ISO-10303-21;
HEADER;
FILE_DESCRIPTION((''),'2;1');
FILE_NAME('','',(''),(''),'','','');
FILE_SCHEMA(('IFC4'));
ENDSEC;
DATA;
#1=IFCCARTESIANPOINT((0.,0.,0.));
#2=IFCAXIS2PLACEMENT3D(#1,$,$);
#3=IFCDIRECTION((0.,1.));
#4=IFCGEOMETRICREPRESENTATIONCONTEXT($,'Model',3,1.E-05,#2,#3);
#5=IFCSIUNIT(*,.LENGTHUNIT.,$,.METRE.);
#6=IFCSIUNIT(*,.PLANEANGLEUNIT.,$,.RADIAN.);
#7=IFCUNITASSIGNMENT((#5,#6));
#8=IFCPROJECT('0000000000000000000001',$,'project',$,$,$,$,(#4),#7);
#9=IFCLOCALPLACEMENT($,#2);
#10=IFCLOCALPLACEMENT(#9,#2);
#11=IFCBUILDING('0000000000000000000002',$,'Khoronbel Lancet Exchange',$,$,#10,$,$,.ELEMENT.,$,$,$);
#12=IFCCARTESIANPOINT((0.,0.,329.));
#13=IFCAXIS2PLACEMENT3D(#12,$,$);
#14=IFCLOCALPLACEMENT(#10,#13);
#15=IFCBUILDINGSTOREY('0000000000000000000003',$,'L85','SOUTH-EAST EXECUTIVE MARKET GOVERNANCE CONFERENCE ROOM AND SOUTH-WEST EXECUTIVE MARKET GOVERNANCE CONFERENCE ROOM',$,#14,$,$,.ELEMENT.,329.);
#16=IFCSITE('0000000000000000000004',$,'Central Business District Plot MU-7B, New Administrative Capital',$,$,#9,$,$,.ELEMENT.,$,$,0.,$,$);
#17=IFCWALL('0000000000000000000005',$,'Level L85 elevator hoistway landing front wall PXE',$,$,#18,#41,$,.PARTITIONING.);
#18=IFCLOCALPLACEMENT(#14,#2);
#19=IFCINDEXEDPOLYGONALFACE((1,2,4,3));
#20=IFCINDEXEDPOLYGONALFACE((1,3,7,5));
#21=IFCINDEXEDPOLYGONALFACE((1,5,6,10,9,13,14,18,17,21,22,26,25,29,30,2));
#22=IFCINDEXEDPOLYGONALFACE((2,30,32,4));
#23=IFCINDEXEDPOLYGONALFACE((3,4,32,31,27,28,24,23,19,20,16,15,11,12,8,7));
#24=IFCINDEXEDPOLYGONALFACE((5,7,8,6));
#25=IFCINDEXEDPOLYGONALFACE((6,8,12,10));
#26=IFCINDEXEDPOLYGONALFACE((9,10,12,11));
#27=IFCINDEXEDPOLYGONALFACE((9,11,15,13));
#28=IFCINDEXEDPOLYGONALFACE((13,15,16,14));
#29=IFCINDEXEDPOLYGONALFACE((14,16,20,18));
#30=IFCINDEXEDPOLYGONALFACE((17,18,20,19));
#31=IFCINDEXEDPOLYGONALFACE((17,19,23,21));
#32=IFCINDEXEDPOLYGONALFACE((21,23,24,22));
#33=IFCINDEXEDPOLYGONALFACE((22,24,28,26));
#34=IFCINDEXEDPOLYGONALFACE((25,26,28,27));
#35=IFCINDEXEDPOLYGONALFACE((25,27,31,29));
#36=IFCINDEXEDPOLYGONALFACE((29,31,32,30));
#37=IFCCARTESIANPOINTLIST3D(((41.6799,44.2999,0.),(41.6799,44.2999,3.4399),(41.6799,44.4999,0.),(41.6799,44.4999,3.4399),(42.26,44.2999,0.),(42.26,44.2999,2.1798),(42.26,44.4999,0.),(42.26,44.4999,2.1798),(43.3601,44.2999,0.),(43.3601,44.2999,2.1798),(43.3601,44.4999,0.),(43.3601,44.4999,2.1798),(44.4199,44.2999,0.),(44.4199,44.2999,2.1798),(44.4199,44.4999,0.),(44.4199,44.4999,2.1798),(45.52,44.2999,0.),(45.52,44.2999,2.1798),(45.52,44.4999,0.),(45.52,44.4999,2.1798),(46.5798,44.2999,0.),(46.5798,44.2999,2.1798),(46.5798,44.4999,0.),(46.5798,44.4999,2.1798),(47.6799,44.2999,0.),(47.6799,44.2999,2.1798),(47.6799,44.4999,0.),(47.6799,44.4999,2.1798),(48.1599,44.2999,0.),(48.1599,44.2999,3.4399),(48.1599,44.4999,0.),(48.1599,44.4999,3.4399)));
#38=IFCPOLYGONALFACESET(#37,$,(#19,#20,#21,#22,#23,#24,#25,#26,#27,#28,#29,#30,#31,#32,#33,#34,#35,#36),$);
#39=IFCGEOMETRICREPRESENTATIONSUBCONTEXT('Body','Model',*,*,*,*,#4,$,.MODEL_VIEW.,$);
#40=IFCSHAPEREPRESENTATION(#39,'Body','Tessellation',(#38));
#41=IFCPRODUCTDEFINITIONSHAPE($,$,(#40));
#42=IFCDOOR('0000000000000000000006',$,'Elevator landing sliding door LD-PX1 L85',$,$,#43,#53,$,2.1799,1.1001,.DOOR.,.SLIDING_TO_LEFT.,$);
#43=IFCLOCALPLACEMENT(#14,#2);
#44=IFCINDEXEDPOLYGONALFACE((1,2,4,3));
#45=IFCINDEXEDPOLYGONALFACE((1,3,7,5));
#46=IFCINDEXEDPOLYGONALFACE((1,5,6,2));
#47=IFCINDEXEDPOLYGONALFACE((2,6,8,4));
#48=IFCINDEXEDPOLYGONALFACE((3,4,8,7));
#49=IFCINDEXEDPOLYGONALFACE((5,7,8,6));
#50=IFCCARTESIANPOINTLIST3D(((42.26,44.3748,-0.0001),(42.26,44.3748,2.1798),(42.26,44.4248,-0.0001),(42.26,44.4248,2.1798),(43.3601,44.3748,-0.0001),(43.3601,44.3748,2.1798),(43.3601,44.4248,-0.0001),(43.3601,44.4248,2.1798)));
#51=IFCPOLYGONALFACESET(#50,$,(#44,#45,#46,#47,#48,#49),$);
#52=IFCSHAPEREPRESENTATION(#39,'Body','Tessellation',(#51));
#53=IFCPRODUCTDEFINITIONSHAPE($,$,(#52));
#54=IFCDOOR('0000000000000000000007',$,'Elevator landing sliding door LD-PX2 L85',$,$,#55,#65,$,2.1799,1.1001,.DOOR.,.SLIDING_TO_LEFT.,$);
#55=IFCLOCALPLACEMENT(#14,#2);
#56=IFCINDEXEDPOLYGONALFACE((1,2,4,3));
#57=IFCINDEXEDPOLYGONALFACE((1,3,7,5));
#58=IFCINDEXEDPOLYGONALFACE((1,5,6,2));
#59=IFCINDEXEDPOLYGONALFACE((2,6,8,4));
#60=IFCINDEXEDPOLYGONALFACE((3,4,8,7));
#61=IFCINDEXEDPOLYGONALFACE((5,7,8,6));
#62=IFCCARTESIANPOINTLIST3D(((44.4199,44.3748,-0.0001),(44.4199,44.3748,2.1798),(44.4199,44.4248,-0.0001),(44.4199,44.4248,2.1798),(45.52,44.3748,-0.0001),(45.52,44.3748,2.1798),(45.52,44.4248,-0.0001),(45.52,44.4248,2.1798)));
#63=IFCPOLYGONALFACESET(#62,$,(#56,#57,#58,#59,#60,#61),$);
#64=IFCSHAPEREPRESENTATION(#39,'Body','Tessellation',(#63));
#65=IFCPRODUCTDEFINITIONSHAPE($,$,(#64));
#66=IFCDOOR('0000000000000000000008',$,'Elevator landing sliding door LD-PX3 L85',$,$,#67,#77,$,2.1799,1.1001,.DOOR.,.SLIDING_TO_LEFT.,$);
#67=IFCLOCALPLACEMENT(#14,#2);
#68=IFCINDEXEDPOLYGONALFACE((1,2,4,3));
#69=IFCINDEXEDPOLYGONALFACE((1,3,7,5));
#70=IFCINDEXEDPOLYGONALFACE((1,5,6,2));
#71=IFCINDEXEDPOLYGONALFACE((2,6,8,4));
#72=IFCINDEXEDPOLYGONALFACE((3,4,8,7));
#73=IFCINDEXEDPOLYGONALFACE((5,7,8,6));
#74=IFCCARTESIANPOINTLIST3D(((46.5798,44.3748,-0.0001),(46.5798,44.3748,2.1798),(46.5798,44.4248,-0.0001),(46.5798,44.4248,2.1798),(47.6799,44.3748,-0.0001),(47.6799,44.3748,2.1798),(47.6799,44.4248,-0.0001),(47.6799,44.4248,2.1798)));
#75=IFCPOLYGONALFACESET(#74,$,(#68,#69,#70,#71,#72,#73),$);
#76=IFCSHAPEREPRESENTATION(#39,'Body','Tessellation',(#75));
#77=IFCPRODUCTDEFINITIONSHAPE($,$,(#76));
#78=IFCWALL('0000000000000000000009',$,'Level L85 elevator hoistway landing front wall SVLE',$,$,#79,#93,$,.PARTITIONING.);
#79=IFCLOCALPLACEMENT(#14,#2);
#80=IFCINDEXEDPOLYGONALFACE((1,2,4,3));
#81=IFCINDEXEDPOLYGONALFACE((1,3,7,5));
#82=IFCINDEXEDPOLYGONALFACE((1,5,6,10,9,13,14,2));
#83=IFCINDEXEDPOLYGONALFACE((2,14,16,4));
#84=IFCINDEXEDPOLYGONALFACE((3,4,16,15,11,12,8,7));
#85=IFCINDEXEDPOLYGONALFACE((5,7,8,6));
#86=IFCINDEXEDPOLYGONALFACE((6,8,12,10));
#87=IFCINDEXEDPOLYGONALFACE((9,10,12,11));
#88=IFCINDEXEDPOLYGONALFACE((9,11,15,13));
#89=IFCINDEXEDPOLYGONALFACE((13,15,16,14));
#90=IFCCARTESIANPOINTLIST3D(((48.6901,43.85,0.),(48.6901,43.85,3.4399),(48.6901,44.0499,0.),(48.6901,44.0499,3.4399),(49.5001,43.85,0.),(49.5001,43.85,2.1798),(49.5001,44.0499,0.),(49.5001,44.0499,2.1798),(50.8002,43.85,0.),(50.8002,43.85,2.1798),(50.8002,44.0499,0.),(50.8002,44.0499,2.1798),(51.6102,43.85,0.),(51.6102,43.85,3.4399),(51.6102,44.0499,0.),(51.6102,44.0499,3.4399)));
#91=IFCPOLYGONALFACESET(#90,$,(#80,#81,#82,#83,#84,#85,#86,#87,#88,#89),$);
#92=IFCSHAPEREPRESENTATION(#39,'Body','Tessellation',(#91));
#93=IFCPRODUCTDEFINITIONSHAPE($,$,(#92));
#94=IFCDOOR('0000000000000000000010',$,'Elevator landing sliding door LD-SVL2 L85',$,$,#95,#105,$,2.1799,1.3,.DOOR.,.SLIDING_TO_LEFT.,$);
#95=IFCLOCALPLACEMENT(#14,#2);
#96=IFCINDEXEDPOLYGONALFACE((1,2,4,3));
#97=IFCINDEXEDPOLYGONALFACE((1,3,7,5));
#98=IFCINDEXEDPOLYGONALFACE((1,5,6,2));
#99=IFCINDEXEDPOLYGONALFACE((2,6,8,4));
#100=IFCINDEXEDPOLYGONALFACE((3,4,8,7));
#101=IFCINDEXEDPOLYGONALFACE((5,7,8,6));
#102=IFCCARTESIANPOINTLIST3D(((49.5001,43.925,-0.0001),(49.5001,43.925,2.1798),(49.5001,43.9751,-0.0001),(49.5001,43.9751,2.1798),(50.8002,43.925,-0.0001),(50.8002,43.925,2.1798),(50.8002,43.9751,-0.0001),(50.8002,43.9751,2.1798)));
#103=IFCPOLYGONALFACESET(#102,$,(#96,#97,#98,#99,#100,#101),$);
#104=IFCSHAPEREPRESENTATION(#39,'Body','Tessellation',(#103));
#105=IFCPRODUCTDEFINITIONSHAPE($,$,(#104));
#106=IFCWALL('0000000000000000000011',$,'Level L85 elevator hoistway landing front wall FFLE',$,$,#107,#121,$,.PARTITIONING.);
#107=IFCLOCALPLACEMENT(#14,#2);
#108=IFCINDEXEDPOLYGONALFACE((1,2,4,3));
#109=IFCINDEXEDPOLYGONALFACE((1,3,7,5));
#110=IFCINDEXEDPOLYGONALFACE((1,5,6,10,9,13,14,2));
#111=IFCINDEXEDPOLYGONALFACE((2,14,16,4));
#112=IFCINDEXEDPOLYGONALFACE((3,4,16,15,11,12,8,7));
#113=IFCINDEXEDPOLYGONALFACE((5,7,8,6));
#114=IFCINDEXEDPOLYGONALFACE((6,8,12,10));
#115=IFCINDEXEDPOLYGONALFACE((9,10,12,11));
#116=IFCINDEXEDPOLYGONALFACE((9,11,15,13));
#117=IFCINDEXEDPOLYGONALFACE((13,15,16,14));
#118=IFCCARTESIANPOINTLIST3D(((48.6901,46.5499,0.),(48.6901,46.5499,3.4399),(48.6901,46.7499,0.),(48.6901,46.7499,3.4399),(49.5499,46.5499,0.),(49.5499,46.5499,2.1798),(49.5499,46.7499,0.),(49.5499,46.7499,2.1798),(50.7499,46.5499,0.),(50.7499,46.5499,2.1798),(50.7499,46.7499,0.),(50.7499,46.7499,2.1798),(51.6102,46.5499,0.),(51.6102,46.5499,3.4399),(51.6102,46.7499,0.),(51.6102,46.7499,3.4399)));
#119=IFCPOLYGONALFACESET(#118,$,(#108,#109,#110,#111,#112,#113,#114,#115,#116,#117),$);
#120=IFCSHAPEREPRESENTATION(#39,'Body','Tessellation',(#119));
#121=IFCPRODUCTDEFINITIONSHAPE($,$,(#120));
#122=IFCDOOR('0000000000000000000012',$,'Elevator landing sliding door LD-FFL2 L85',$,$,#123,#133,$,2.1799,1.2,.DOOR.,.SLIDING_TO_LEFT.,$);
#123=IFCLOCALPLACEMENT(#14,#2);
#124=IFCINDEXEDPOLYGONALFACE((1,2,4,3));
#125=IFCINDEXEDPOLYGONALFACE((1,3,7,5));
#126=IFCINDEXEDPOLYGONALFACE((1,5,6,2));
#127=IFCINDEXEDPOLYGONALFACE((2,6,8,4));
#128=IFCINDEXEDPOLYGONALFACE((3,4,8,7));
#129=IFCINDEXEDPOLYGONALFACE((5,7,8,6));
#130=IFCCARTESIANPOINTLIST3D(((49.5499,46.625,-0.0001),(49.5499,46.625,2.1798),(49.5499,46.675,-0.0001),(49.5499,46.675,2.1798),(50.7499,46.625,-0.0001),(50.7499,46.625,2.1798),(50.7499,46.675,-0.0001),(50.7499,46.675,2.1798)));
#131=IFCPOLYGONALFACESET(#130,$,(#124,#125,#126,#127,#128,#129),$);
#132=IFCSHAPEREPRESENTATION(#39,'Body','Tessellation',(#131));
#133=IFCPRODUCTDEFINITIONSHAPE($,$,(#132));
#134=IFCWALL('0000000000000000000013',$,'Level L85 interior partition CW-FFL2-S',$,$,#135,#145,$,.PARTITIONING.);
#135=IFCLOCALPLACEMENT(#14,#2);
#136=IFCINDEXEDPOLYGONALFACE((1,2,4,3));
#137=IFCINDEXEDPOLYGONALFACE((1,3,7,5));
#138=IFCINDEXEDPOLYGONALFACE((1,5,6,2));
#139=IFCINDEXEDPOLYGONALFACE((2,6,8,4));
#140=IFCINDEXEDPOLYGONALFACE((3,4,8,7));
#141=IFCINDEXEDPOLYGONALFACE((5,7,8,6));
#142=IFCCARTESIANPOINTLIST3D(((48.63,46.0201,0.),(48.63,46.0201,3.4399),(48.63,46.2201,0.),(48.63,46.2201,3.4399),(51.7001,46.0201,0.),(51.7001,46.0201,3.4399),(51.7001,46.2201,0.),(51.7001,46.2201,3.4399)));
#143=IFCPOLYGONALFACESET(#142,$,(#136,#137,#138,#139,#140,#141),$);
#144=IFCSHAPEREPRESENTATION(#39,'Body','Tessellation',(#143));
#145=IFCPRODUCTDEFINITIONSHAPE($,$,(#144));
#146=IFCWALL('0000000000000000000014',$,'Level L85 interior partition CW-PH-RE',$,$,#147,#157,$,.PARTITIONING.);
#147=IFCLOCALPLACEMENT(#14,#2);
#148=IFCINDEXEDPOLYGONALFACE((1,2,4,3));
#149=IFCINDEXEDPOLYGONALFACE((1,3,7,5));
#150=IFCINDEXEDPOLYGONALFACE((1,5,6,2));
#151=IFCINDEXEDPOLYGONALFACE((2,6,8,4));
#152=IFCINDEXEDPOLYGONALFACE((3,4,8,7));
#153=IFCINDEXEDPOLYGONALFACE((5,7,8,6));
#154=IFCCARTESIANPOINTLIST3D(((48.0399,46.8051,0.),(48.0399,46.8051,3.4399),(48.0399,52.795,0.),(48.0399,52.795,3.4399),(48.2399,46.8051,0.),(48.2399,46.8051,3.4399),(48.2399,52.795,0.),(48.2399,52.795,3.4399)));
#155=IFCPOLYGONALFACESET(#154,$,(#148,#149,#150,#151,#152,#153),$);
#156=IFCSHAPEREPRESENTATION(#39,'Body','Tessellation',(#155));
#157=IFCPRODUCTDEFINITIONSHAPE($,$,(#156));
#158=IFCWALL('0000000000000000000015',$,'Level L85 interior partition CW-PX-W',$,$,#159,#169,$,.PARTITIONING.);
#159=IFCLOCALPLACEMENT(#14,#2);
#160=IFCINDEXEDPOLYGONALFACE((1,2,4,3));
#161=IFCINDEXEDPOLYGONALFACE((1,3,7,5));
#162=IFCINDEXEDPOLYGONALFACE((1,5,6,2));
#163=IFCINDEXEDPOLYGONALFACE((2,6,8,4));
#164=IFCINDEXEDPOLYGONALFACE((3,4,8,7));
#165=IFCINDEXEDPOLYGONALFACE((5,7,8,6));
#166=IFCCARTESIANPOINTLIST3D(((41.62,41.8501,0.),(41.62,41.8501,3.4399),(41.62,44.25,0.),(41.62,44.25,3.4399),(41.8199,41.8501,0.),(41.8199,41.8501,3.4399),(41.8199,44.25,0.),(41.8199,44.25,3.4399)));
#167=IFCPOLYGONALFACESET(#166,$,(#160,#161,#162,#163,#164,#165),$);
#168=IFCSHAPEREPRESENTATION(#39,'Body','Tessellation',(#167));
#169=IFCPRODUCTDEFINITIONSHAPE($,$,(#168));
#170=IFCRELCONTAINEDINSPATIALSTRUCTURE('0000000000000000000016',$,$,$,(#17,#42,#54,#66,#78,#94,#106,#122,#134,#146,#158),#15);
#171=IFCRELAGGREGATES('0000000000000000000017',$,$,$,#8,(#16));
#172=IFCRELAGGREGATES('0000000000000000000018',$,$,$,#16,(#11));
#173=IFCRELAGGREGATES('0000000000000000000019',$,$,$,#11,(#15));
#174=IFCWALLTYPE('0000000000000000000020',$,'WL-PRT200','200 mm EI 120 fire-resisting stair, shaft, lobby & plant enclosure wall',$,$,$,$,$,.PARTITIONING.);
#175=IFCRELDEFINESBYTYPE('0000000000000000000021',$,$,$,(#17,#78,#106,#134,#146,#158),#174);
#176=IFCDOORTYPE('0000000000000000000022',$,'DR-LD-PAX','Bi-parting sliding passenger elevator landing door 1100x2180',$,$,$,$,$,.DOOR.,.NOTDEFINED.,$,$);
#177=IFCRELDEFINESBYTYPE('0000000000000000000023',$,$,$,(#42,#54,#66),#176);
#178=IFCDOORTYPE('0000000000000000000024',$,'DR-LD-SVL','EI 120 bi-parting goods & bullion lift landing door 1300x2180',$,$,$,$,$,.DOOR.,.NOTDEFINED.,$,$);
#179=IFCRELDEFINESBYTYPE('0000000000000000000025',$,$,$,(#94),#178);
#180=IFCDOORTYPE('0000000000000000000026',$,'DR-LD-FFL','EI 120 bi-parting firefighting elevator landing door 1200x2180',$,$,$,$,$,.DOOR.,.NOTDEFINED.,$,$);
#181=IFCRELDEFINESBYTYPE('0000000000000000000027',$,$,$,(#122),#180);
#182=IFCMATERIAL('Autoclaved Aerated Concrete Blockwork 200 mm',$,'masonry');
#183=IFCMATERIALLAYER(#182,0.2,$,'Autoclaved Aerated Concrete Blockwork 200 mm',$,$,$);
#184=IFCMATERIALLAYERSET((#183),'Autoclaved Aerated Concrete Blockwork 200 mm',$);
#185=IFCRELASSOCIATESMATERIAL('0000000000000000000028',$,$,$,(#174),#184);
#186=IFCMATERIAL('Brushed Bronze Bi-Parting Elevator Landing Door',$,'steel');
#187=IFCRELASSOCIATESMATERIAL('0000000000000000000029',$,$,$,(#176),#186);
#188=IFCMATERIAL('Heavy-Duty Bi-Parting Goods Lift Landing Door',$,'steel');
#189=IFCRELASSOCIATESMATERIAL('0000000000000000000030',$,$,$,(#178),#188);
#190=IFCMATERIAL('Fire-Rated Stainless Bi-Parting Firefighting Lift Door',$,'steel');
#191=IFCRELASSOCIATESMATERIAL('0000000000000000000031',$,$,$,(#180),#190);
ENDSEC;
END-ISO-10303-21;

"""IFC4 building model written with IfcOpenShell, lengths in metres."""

from ifc_helpers import new_model, si_unit, direction, frame, frame_2d, origin, place, context, subcontext, project, spatial, rectangle, extrude, material, layer, layer_set, type_object, element, fill, save


model = new_model("IFC4")

# Units and contexts
model_context = context("Model", 3, precision=1e-05, world=origin(), true_north=direction((0.0, 1.0)))
body_context = subcontext(model_context, "Body", "Model", "MODEL_VIEW")
ifc_project = project(units=[si_unit("LENGTHUNIT", "METRE"), si_unit("PLANEANGLEUNIT", "RADIAN")], contexts=[model_context])

# Site, building, storey
site_placement = place(None, origin())
site = spatial("IfcSite", under=ifc_project, at=site_placement, Name="Central Business District Plot MU-7B, New Administrative Capital", CompositionType="ELEMENT", RefElevation=0.0)
building_placement = place(site_placement, origin())
building = spatial("IfcBuilding", under=site, at=building_placement, Name="Khoronbel Lancet Exchange", CompositionType="ELEMENT")
storey_placement = place(building_placement, frame((0.0, 0.0, 329.0)))
storey = spatial("IfcBuildingStorey", under=building, at=storey_placement, Name="L85", Description="SOUTH-EAST EXECUTIVE MARKET GOVERNANCE CONFERENCE ROOM AND SOUTH-WEST EXECUTIVE MARKET GOVERNANCE CONFERENCE ROOM", CompositionType="ELEMENT", Elevation=329.0)

# Wall, openings, doors
ifc_material_1 = material(Name="Autoclaved Aerated Concrete Blockwork 200 mm", Category="masonry")
ifc_layer_1 = layer(ifc_material_1, 0.2, Name="Autoclaved Aerated Concrete Blockwork 200 mm")
ifc_layer_set_1 = layer_set([ifc_layer_1], Name="Autoclaved Aerated Concrete Blockwork 200 mm")
wall_type_1 = type_object("IfcWallType", Name="WL-PRT200", Description="200 mm EI 120 fire-resisting stair, shaft, lobby & plant enclosure wall", PredefinedType="PARTITIONING", material=ifc_layer_set_1)
wall_1_placement = place(storey_placement, frame((41.6799, 44.3999, 0.0), z_axis=(0.0, 0.0, 1.0), x_axis=(1.0, 0.0, 0.0)))
wall_1 = element("IfcWall", 1, at=wall_1_placement, inside=storey, type_object=wall_type_1, Name="Level L85 elevator hoistway landing front wall PXE", PredefinedType="PARTITIONING", context=body_context, shape_type="SweptSolid", body=[
    extrude(rectangle(XDim=6.48, YDim=0.2, at=frame_2d((3.24, 0.0))), origin(), (0.0, 0.0, 1.0), 3.4399),
])
opening_1_placement = place(wall_1_placement, frame((0.5801, 0.0, 0.0)))
opening_1 = element("IfcOpeningElement", 2, at=opening_1_placement, cuts=wall_1, PredefinedType="OPENING", context=body_context, shape_type="SweptSolid", body=[
    extrude(rectangle(XDim=1.1001, YDim=2.1799, at=frame_2d((0.55, 1.0898))), frame((0.0, 0.1099, 0.0), z_axis=(0.0, -1.0, 0.0), x_axis=(1.0, 0.0, 0.0)), (0.0, 0.0, 1.0), 0.22),
])
opening_2_placement = place(wall_1_placement, frame((2.74, 0.0, 0.0)))
opening_2 = element("IfcOpeningElement", 3, at=opening_2_placement, cuts=wall_1, PredefinedType="OPENING", context=body_context, shape_type="SweptSolid", body=[
    extrude(rectangle(XDim=1.1001, YDim=2.1799, at=frame_2d((0.55, 1.0898))), frame((0.0, 0.1099, 0.0), z_axis=(0.0, -1.0, 0.0), x_axis=(1.0, 0.0, 0.0)), (0.0, 0.0, 1.0), 0.22),
])
opening_3_placement = place(wall_1_placement, frame((4.8999, 0.0, 0.0)))
opening_3 = element("IfcOpeningElement", 4, at=opening_3_placement, cuts=wall_1, PredefinedType="OPENING", context=body_context, shape_type="SweptSolid", body=[
    extrude(rectangle(XDim=1.1001, YDim=2.1799, at=frame_2d((0.55, 1.0898))), frame((0.0, 0.1099, 0.0), z_axis=(0.0, -1.0, 0.0), x_axis=(1.0, 0.0, 0.0)), (0.0, 0.0, 1.0), 0.22),
])
ifc_material_2 = material(Name="Brushed Bronze Bi-Parting Elevator Landing Door", Category="steel")
door_type_1 = type_object("IfcDoorType", Name="DR-LD-PAX", Description="Bi-parting sliding passenger elevator landing door 1100x2180", OperationType="NOTDEFINED", PredefinedType="DOOR", material=ifc_material_2)
door_1_placement = place(opening_1_placement, origin())
door_1 = element("IfcDoor", 5, at=door_1_placement, inside=storey, type_object=door_type_1, Name="Elevator landing sliding door LD-PX1 L85", OperationType="SLIDING_TO_LEFT", OverallHeight=2.1799, OverallWidth=1.1001, PredefinedType="DOOR", context=body_context, shape_type="SweptSolid", body=[
    extrude(rectangle(XDim=1.1001, YDim=2.1799, at=frame_2d((0.55, 1.0898))), frame((0.0, 0.0249, 0.0), z_axis=(0.0, -1.0, 0.0), x_axis=(1.0, 0.0, 0.0)), (0.0, 0.0, 1.0), 0.05),
])
fill(opening_1, door_1)
door_2_placement = place(opening_2_placement, origin())
door_2 = element("IfcDoor", 6, at=door_2_placement, inside=storey, type_object=door_type_1, Name="Elevator landing sliding door LD-PX2 L85", OperationType="SLIDING_TO_LEFT", OverallHeight=2.1799, OverallWidth=1.1001, PredefinedType="DOOR", context=body_context, shape_type="SweptSolid", body=[
    extrude(rectangle(XDim=1.1001, YDim=2.1799, at=frame_2d((0.55, 1.0898))), frame((0.0, 0.0249, 0.0), z_axis=(0.0, -1.0, 0.0), x_axis=(1.0, 0.0, 0.0)), (0.0, 0.0, 1.0), 0.05),
])
fill(opening_2, door_2)
door_3_placement = place(opening_3_placement, origin())
door_3 = element("IfcDoor", 7, at=door_3_placement, inside=storey, type_object=door_type_1, Name="Elevator landing sliding door LD-PX3 L85", OperationType="SLIDING_TO_LEFT", OverallHeight=2.1799, OverallWidth=1.1001, PredefinedType="DOOR", context=body_context, shape_type="SweptSolid", body=[
    extrude(rectangle(XDim=1.1001, YDim=2.1799, at=frame_2d((0.55, 1.0898))), frame((0.0, 0.0249, 0.0), z_axis=(0.0, -1.0, 0.0), x_axis=(1.0, 0.0, 0.0)), (0.0, 0.0, 1.0), 0.05),
])
fill(opening_3, door_3)

# Walls, openings, doors
wall_2_placement = place(storey_placement, frame((51.6101, 43.95, 0.0), z_axis=(0.0, 0.0, 1.0), x_axis=(-1.0, 0.0, 0.0)))
wall_2 = element("IfcWall", 8, at=wall_2_placement, inside=storey, type_object=wall_type_1, Name="Level L85 elevator hoistway landing front wall SVLE", PredefinedType="PARTITIONING", context=body_context, shape_type="SweptSolid", body=[
    extrude(rectangle(XDim=2.9202, YDim=0.2, at=frame_2d((1.46, 0.0))), origin(), (0.0, 0.0, 1.0), 3.4399),
])
opening_4_placement = place(wall_2_placement, frame((0.8101, 0.0, 0.0)))
opening_4 = element("IfcOpeningElement", 9, at=opening_4_placement, cuts=wall_2, PredefinedType="OPENING", context=body_context, shape_type="SweptSolid", body=[
    extrude(rectangle(XDim=1.3, YDim=2.1799, at=frame_2d((0.6499, 1.0898))), frame((0.0, 0.1099, 0.0), z_axis=(0.0, -1.0, 0.0), x_axis=(1.0, 0.0, 0.0)), (0.0, 0.0, 1.0), 0.22),
])
ifc_material_3 = material(Name="Heavy-Duty Bi-Parting Goods Lift Landing Door", Category="steel")
door_type_2 = type_object("IfcDoorType", Name="DR-LD-SVL", Description="EI 120 bi-parting goods & bullion lift landing door 1300x2180", OperationType="NOTDEFINED", PredefinedType="DOOR", material=ifc_material_3)
door_4_placement = place(opening_4_placement, origin())
door_4 = element("IfcDoor", 10, at=door_4_placement, inside=storey, type_object=door_type_2, Name="Elevator landing sliding door LD-SVL2 L85", OperationType="SLIDING_TO_LEFT", OverallHeight=2.1799, OverallWidth=1.3, PredefinedType="DOOR", context=body_context, shape_type="SweptSolid", body=[
    extrude(rectangle(XDim=1.3, YDim=2.1799, at=frame_2d((0.6499, 1.0898))), frame((0.0, 0.0249, 0.0), z_axis=(0.0, -1.0, 0.0), x_axis=(1.0, 0.0, 0.0)), (0.0, 0.0, 1.0), 0.05),
])
fill(opening_4, door_4)
wall_3_placement = place(storey_placement, frame((51.6101, 46.6499, 0.0), z_axis=(0.0, 0.0, 1.0), x_axis=(-1.0, 0.0, 0.0)))
wall_3 = element("IfcWall", 11, at=wall_3_placement, inside=storey, type_object=wall_type_1, Name="Level L85 elevator hoistway landing front wall FFLE", PredefinedType="PARTITIONING", context=body_context, shape_type="SweptSolid", body=[
    extrude(rectangle(XDim=2.9202, YDim=0.2, at=frame_2d((1.46, 0.0))), origin(), (0.0, 0.0, 1.0), 3.4399),
])
opening_5_placement = place(wall_3_placement, frame((0.8601, 0.0, 0.0)))
opening_5 = element("IfcOpeningElement", 12, at=opening_5_placement, cuts=wall_3, PredefinedType="OPENING", context=body_context, shape_type="SweptSolid", body=[
    extrude(rectangle(XDim=1.2, YDim=2.1799, at=frame_2d((0.6001, 1.0898))), frame((0.0, 0.1099, 0.0), z_axis=(0.0, -1.0, 0.0), x_axis=(1.0, 0.0, 0.0)), (0.0, 0.0, 1.0), 0.22),
])
ifc_material_4 = material(Name="Fire-Rated Stainless Bi-Parting Firefighting Lift Door", Category="steel")
door_type_3 = type_object("IfcDoorType", Name="DR-LD-FFL", Description="EI 120 bi-parting firefighting elevator landing door 1200x2180", OperationType="NOTDEFINED", PredefinedType="DOOR", material=ifc_material_4)
door_5_placement = place(opening_5_placement, origin())
door_5 = element("IfcDoor", 13, at=door_5_placement, inside=storey, type_object=door_type_3, Name="Elevator landing sliding door LD-FFL2 L85", OperationType="SLIDING_TO_LEFT", OverallHeight=2.1799, OverallWidth=1.2, PredefinedType="DOOR", context=body_context, shape_type="SweptSolid", body=[
    extrude(rectangle(XDim=1.2, YDim=2.1799, at=frame_2d((0.6001, 1.0898))), frame((0.0, 0.0249, 0.0), z_axis=(0.0, -1.0, 0.0), x_axis=(1.0, 0.0, 0.0)), (0.0, 0.0, 1.0), 0.05),
])
fill(opening_5, door_5)

# Walls
wall_4_placement = place(storey_placement, frame((48.6299, 46.1201, 0.0), z_axis=(0.0, 0.0, 1.0), x_axis=(1.0, 0.0, 0.0)))
element("IfcWall", 14, at=wall_4_placement, inside=storey, type_object=wall_type_1, Name="Level L85 interior partition CW-FFL2-S", PredefinedType="PARTITIONING", context=body_context, shape_type="SweptSolid", body=[
    extrude(rectangle(XDim=3.0701, YDim=0.2, at=frame_2d((1.5352, 0.0))), origin(), (0.0, 0.0, 1.0), 3.4399),
])
wall_5_placement = place(storey_placement, frame((48.1399, 46.8049, 0.0), z_axis=(0.0, 0.0, 1.0), x_axis=(0.0, 1.0, 0.0)))
element("IfcWall", 15, at=wall_5_placement, inside=storey, type_object=wall_type_1, Name="Level L85 interior partition CW-PH-RE", PredefinedType="PARTITIONING", context=body_context, shape_type="SweptSolid", body=[
    extrude(rectangle(XDim=5.99, YDim=0.2, at=frame_2d((2.9951, 0.0))), origin(), (0.0, 0.0, 1.0), 3.4399),
])
for number, where, z_axis, x_axis, name in (
    (16, (41.72, 41.8501, 0.0), (0.0, 0.0, 1.0), (0.0, 1.0, 0.0), "Level L85 interior partition CW-PX-W"),
):
    element("IfcWall", number, at=place(storey_placement, frame(where, z_axis=z_axis, x_axis=x_axis)), inside=storey, type_object=wall_type_1, Name=name, PredefinedType="PARTITIONING", context=body_context, shape_type="SweptSolid", body=[
        extrude(rectangle(XDim=2.3999, YDim=0.2, at=frame_2d((1.2, 0.0))), origin(), (0.0, 0.0, 1.0), 3.4399),
    ])

save(model, "model.ifc")
